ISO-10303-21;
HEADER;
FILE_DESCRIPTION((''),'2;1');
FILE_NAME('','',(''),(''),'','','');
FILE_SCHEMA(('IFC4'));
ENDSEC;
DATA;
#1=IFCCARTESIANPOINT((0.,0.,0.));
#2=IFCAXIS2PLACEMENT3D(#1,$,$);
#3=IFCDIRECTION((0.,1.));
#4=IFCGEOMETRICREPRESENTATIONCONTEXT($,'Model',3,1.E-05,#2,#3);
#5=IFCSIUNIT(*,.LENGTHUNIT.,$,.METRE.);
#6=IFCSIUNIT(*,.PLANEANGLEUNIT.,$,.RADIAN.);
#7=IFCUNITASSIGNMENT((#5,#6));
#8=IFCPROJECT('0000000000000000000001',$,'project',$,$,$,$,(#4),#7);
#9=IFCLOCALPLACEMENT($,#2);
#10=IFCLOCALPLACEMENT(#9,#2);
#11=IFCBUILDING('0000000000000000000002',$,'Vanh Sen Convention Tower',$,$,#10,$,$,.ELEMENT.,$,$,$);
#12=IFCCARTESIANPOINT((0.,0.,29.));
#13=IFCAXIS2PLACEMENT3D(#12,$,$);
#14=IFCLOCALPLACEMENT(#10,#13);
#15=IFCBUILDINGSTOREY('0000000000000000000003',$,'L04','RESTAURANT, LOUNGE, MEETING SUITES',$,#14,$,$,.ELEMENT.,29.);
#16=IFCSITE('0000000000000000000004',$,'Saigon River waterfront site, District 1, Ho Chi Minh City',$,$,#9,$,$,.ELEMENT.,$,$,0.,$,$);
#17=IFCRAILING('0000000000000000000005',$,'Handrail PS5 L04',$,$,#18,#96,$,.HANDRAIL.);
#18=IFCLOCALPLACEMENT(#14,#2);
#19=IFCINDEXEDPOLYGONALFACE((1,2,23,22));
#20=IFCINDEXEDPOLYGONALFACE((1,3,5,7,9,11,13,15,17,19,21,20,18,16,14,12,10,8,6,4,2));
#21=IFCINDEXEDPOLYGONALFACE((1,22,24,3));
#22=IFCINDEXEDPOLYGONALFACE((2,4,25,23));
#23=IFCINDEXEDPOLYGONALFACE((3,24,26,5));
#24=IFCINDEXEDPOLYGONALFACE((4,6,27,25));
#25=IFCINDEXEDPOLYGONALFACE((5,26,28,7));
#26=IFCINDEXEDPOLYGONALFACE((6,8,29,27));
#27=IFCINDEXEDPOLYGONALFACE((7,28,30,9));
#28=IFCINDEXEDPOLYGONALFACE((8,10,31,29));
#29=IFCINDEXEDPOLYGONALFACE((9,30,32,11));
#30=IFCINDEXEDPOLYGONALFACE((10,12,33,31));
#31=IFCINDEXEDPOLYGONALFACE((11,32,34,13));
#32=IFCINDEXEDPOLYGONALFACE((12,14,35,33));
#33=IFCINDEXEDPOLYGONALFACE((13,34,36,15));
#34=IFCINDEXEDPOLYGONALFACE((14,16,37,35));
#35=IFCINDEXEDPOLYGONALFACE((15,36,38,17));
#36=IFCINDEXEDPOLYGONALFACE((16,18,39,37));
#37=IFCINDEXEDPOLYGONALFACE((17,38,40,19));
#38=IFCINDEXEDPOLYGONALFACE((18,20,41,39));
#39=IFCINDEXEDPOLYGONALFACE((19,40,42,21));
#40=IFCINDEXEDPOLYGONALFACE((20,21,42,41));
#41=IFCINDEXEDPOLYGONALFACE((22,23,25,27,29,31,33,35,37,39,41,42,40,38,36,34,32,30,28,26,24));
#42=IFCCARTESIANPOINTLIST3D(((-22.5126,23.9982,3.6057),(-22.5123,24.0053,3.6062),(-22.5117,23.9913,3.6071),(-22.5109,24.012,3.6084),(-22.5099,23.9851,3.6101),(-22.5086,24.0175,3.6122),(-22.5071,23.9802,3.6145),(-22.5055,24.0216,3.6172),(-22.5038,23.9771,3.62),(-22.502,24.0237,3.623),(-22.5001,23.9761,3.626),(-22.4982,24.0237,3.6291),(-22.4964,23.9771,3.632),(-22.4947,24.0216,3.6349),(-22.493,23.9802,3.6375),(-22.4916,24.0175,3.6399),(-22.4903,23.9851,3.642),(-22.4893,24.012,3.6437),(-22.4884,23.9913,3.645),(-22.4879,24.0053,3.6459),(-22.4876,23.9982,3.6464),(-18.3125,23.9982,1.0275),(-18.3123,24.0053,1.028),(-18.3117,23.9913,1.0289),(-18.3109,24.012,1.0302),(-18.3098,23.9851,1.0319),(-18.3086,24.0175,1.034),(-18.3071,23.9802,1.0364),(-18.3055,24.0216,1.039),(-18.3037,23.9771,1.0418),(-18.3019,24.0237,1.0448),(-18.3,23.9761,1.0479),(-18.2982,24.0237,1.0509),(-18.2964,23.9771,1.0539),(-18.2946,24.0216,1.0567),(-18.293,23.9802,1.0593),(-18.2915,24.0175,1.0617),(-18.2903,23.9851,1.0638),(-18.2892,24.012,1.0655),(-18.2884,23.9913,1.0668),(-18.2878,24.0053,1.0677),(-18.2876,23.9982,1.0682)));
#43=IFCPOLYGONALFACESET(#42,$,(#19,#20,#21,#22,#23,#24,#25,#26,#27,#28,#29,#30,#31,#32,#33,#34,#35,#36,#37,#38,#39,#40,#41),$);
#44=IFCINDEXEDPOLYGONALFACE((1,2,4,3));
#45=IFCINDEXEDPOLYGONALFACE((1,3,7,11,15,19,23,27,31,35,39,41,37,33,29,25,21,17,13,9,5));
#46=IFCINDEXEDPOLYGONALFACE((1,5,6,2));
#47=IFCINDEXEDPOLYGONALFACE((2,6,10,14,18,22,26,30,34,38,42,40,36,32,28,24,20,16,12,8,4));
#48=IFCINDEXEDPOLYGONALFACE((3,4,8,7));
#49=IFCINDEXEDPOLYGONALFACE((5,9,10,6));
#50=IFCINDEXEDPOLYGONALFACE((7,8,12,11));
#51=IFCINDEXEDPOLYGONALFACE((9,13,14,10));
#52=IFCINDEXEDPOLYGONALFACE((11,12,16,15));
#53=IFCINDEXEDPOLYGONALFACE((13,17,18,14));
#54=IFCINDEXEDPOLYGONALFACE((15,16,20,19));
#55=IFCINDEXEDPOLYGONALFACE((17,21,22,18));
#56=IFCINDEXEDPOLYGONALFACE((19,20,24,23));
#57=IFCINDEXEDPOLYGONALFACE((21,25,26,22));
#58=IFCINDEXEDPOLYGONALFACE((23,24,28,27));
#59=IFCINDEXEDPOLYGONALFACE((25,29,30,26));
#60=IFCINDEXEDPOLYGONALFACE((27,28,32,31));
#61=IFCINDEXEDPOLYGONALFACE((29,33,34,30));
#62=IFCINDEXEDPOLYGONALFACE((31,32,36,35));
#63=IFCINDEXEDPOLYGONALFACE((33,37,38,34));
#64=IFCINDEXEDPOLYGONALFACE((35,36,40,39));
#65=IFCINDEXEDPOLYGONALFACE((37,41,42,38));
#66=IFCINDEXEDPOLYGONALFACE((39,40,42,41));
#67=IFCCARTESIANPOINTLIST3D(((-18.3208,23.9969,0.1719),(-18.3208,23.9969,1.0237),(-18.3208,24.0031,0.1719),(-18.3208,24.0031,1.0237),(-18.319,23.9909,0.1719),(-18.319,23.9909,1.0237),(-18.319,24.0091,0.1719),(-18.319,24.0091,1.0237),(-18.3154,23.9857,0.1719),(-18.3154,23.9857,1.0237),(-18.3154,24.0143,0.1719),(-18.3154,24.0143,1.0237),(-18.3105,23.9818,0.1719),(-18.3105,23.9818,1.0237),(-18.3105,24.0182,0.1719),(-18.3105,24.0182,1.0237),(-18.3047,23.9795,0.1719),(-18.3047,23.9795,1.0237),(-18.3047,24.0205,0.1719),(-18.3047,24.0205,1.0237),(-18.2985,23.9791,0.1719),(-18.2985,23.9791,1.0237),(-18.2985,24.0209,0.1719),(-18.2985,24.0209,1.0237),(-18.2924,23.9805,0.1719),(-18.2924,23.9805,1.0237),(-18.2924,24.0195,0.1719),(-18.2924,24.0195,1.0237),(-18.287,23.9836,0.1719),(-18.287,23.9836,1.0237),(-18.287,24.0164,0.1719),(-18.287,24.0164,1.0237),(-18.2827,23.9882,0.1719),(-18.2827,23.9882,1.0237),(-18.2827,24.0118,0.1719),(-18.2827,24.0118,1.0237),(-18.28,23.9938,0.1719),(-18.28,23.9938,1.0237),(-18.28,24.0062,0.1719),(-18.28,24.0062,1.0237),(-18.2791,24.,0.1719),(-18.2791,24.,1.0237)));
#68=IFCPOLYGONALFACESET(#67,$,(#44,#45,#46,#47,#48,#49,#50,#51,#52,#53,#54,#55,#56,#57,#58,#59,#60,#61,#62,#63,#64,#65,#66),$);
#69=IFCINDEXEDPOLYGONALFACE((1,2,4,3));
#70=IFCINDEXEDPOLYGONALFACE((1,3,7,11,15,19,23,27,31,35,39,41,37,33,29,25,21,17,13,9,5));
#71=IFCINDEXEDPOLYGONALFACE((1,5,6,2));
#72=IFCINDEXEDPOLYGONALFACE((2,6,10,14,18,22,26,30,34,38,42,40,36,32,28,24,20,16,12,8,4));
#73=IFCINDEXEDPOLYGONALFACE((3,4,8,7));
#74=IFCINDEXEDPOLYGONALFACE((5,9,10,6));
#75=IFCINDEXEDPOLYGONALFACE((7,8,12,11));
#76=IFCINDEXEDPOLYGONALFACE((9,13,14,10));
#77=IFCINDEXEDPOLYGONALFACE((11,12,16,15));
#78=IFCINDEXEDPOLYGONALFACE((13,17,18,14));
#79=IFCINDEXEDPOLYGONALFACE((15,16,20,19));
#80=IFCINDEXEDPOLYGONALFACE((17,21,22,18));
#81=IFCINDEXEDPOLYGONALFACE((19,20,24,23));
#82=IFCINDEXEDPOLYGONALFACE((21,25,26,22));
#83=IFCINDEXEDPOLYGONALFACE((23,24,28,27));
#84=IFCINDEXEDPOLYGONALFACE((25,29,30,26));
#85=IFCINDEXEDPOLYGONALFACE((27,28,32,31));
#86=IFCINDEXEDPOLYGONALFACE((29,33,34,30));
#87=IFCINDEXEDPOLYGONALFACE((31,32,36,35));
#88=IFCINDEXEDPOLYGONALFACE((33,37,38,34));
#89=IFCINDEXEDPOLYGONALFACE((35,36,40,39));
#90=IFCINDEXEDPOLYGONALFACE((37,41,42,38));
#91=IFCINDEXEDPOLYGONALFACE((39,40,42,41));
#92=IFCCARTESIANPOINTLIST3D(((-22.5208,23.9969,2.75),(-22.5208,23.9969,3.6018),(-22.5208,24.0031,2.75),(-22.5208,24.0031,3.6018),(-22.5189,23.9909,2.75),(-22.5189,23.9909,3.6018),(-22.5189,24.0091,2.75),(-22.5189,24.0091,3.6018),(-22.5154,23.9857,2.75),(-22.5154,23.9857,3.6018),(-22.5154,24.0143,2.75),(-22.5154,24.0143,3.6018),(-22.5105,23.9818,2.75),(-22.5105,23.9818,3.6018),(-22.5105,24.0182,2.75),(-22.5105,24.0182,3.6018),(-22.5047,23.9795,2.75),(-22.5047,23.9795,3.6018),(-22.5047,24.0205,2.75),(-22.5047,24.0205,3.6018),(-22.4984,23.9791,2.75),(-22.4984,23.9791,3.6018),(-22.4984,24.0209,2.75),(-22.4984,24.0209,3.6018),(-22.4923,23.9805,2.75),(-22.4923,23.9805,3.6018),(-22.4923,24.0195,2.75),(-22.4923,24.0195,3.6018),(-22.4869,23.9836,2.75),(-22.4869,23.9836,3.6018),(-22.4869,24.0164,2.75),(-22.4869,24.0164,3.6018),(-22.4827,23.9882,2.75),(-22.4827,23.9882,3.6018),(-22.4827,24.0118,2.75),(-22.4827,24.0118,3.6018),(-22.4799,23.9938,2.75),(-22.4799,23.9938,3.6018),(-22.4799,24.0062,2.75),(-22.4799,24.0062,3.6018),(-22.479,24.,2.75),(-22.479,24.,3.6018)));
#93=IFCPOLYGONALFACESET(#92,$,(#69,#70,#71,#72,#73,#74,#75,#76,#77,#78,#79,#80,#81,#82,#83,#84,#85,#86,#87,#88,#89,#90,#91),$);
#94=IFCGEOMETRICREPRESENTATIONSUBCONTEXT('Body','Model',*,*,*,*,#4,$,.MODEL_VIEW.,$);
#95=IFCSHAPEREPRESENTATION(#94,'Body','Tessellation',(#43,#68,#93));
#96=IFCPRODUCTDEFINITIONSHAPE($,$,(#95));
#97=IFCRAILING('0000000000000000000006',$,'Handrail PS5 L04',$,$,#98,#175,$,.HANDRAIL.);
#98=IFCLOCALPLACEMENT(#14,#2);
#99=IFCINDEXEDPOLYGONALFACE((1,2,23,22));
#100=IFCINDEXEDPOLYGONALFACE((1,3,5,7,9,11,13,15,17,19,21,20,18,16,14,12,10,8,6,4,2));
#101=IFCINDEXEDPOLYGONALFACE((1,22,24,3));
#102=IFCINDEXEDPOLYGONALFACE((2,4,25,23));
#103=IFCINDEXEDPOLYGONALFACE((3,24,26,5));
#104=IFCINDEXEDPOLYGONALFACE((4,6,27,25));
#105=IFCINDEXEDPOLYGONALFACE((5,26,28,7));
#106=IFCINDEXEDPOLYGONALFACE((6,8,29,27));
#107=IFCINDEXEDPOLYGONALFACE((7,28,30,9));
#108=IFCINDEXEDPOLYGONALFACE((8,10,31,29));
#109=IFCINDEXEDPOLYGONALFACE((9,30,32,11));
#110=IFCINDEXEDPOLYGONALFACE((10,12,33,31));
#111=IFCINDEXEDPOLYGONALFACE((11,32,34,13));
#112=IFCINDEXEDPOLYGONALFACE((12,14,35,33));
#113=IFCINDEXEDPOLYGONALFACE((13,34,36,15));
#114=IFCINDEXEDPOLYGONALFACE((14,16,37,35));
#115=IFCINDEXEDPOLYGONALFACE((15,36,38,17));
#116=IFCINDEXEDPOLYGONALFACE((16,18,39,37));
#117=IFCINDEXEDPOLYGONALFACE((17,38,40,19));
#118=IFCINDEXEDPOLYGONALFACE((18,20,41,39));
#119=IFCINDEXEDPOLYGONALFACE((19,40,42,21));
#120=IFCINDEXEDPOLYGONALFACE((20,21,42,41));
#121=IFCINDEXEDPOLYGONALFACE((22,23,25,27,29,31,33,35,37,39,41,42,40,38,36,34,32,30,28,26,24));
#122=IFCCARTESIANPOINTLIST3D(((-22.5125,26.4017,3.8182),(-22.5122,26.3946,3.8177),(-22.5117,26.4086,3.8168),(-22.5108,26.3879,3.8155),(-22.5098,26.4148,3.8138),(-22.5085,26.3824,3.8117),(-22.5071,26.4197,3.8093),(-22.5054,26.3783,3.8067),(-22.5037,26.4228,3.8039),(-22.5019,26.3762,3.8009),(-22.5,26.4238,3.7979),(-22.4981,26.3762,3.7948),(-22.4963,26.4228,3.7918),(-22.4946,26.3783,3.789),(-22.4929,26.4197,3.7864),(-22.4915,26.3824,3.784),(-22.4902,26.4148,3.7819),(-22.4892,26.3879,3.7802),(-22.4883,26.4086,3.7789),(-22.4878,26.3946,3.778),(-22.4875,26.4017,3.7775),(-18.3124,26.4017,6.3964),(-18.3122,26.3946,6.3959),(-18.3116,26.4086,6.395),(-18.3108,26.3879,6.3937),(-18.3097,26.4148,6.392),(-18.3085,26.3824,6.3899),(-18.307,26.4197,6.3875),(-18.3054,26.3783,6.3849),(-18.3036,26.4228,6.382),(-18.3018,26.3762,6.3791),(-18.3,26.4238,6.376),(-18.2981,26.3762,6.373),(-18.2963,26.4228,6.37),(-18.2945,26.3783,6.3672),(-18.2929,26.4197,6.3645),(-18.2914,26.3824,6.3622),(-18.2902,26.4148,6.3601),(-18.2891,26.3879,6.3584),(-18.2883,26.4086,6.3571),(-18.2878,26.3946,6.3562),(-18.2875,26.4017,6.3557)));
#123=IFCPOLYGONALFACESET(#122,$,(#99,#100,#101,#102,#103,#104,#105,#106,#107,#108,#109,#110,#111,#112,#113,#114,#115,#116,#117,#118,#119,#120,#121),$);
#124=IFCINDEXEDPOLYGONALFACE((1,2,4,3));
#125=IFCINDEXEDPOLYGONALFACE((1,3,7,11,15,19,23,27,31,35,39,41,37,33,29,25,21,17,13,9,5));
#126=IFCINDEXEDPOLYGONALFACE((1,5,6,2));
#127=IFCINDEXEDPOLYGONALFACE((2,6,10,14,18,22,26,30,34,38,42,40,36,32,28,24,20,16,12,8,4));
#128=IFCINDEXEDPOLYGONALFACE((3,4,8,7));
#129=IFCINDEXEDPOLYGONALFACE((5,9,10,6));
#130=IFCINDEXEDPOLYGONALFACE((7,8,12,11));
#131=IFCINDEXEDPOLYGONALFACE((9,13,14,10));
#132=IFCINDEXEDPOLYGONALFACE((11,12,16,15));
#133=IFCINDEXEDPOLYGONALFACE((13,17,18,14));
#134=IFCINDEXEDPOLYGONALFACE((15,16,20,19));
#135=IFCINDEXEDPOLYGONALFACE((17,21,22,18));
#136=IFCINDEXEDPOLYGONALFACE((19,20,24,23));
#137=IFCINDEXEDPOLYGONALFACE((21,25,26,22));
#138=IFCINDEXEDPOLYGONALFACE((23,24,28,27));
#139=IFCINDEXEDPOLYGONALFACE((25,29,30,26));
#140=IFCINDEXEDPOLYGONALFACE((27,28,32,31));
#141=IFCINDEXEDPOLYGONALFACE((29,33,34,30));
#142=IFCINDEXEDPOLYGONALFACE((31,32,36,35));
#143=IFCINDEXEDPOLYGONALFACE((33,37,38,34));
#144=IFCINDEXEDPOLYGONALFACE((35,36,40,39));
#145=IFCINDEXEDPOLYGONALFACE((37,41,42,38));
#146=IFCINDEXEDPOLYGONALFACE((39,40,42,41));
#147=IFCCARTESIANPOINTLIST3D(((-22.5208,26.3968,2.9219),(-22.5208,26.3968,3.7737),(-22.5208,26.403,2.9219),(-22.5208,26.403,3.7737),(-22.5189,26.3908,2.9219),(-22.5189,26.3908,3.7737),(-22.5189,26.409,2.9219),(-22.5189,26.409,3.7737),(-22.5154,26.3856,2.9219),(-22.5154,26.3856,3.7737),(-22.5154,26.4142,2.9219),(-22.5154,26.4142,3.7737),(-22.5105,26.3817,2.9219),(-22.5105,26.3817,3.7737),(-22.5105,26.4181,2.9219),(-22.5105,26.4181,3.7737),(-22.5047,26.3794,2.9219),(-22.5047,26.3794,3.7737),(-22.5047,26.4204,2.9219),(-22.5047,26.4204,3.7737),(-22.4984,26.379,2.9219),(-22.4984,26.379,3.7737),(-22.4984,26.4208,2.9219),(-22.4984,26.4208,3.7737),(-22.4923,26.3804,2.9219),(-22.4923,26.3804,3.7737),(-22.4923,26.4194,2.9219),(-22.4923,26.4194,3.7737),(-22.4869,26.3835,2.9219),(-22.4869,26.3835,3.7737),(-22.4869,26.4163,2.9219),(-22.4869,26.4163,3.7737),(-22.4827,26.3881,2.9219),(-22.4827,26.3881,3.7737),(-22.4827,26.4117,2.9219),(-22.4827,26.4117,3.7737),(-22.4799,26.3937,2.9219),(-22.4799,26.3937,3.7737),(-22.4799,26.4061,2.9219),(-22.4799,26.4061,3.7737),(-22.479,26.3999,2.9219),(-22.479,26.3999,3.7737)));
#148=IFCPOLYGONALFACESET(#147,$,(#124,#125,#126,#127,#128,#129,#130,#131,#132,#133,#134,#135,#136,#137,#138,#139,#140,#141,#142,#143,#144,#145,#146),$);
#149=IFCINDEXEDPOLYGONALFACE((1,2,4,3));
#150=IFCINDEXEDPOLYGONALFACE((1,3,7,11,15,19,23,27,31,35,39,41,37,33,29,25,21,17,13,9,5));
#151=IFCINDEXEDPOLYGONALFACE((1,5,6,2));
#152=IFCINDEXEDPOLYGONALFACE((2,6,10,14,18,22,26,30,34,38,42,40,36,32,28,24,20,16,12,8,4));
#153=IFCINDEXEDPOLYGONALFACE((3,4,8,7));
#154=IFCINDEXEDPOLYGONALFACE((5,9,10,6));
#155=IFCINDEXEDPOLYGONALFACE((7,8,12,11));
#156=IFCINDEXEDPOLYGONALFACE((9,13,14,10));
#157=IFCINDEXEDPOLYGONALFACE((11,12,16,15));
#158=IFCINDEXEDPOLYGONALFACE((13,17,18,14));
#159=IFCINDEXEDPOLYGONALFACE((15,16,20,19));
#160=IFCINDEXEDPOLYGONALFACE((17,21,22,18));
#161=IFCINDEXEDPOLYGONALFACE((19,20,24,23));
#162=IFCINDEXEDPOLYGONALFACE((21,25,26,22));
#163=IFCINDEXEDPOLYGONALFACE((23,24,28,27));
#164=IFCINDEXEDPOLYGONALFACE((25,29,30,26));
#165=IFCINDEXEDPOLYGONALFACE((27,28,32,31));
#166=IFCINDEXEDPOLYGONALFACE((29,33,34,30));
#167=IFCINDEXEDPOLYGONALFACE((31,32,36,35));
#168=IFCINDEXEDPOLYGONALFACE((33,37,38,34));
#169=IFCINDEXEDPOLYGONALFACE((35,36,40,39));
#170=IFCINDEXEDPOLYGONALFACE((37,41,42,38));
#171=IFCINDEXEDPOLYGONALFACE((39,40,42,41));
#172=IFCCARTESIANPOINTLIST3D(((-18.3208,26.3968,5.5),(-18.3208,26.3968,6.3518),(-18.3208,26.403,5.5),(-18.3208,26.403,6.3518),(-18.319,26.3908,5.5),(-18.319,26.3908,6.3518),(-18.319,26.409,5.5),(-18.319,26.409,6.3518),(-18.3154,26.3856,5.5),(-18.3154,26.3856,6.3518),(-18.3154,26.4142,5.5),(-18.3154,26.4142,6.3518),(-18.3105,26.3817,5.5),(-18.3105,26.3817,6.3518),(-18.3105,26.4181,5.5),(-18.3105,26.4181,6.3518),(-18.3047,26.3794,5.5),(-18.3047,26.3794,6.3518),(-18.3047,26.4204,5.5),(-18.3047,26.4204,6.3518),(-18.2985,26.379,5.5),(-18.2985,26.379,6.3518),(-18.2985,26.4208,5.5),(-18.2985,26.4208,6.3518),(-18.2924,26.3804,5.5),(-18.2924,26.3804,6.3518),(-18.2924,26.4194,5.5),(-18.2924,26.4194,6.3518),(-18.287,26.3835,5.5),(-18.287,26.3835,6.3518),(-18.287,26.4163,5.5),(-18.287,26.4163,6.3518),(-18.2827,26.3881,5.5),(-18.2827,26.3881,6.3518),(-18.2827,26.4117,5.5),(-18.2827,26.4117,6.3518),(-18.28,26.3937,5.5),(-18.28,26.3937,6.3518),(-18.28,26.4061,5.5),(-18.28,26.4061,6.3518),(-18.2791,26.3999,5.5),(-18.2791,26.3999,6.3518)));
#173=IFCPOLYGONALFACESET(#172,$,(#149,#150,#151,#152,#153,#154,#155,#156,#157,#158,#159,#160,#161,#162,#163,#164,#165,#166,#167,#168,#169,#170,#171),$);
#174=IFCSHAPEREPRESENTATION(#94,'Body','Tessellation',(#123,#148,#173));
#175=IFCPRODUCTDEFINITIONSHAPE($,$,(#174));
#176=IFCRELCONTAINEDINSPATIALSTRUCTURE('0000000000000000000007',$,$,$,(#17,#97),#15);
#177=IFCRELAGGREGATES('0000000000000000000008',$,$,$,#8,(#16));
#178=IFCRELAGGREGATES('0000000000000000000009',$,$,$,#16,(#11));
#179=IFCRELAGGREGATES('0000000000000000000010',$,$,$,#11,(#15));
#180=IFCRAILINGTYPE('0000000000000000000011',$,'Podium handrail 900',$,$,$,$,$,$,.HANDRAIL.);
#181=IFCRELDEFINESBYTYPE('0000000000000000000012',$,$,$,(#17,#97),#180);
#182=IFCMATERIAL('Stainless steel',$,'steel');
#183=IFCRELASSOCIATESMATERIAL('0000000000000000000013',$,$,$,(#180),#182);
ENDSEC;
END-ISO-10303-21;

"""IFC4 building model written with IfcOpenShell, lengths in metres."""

from ifc_helpers import new_model, si_unit, direction, frame, origin, origin_2d, place, context, subcontext, project, spatial, circle, extrude, material, type_object, element, save


model = new_model("IFC4")

# Units and contexts
model_context = context("Model", 3, precision=1e-05, world=origin(), true_north=direction((0.0, 1.0)))
body_context = subcontext(model_context, "Body", "Model", "MODEL_VIEW")
ifc_project = project(units=[si_unit("LENGTHUNIT", "METRE"), si_unit("PLANEANGLEUNIT", "RADIAN")], contexts=[model_context])

# Site, building, storey
site_placement = place(None, origin())
site = spatial("IfcSite", under=ifc_project, at=site_placement, Name="Saigon River waterfront site, District 1, Ho Chi Minh City", CompositionType="ELEMENT", RefElevation=0.0)
building_placement = place(site_placement, origin())
building = spatial("IfcBuilding", under=site, at=building_placement, Name="Vanh Sen Convention Tower", CompositionType="ELEMENT")
storey_placement = place(building_placement, frame((0.0, 0.0, 29.0)))
storey = spatial("IfcBuildingStorey", under=building, at=storey_placement, Name="L04", Description="RESTAURANT, LOUNGE, MEETING SUITES", CompositionType="ELEMENT", Elevation=29.0)

# Railings
ifc_material_1 = material(Name="Stainless steel", Category="steel")
railing_type = type_object("IfcRailingType", Name="Podium handrail 900", PredefinedType="HANDRAIL", material=ifc_material_1)
for number, where, name in (
    (1, (-18.3, 24.0, 0.1719), "Handrail PS5 L04"),
):
    element("IfcRailing", number, at=place(storey_placement, frame(where)), inside=storey, type_object=railing_type, Name=name, PredefinedType="HANDRAIL", context=body_context, shape_type="SweptSolid", body=[
        extrude(circle(Radius=0.0239, at=origin_2d()), frame((0.0, 0.0, 0.876), z_axis=(-0.852243, 0.0, 0.523146), x_axis=(0.0, -1.0, 0.0)), (0.0, 0.0, 1.0), 4.9282),
        extrude(circle(Radius=0.021, at=origin_2d()), origin(), (0.0, 0.0, 1.0), 0.8518),
        extrude(circle(Radius=0.021, at=origin_2d()), frame((-4.2, 0.0, 2.5781)), (0.0, 0.0, 1.0), 0.8518),
    ])
for number, where, name in (
    (2, (-22.5, 26.3999, 2.9219), "Handrail PS5 L04"),
):
    element("IfcRailing", number, at=place(storey_placement, frame(where)), inside=storey, type_object=railing_type, Name=name, PredefinedType="HANDRAIL", context=body_context, shape_type="SweptSolid", body=[
        extrude(circle(Radius=0.0239, at=origin_2d()), frame((0.0, 0.0, 0.876), z_axis=(0.852243, 0.0, 0.523146), x_axis=(0.0, 1.0, 0.0)), (0.0, 0.0, 1.0), 4.9282),
        extrude(circle(Radius=0.021, at=origin_2d()), origin(), (0.0, 0.0, 1.0), 0.8518),
        extrude(circle(Radius=0.021, at=origin_2d()), frame((4.2, 0.0, 2.5781)), (0.0, 0.0, 1.0), 0.8518),
    ])

save(model, "model.ifc")
